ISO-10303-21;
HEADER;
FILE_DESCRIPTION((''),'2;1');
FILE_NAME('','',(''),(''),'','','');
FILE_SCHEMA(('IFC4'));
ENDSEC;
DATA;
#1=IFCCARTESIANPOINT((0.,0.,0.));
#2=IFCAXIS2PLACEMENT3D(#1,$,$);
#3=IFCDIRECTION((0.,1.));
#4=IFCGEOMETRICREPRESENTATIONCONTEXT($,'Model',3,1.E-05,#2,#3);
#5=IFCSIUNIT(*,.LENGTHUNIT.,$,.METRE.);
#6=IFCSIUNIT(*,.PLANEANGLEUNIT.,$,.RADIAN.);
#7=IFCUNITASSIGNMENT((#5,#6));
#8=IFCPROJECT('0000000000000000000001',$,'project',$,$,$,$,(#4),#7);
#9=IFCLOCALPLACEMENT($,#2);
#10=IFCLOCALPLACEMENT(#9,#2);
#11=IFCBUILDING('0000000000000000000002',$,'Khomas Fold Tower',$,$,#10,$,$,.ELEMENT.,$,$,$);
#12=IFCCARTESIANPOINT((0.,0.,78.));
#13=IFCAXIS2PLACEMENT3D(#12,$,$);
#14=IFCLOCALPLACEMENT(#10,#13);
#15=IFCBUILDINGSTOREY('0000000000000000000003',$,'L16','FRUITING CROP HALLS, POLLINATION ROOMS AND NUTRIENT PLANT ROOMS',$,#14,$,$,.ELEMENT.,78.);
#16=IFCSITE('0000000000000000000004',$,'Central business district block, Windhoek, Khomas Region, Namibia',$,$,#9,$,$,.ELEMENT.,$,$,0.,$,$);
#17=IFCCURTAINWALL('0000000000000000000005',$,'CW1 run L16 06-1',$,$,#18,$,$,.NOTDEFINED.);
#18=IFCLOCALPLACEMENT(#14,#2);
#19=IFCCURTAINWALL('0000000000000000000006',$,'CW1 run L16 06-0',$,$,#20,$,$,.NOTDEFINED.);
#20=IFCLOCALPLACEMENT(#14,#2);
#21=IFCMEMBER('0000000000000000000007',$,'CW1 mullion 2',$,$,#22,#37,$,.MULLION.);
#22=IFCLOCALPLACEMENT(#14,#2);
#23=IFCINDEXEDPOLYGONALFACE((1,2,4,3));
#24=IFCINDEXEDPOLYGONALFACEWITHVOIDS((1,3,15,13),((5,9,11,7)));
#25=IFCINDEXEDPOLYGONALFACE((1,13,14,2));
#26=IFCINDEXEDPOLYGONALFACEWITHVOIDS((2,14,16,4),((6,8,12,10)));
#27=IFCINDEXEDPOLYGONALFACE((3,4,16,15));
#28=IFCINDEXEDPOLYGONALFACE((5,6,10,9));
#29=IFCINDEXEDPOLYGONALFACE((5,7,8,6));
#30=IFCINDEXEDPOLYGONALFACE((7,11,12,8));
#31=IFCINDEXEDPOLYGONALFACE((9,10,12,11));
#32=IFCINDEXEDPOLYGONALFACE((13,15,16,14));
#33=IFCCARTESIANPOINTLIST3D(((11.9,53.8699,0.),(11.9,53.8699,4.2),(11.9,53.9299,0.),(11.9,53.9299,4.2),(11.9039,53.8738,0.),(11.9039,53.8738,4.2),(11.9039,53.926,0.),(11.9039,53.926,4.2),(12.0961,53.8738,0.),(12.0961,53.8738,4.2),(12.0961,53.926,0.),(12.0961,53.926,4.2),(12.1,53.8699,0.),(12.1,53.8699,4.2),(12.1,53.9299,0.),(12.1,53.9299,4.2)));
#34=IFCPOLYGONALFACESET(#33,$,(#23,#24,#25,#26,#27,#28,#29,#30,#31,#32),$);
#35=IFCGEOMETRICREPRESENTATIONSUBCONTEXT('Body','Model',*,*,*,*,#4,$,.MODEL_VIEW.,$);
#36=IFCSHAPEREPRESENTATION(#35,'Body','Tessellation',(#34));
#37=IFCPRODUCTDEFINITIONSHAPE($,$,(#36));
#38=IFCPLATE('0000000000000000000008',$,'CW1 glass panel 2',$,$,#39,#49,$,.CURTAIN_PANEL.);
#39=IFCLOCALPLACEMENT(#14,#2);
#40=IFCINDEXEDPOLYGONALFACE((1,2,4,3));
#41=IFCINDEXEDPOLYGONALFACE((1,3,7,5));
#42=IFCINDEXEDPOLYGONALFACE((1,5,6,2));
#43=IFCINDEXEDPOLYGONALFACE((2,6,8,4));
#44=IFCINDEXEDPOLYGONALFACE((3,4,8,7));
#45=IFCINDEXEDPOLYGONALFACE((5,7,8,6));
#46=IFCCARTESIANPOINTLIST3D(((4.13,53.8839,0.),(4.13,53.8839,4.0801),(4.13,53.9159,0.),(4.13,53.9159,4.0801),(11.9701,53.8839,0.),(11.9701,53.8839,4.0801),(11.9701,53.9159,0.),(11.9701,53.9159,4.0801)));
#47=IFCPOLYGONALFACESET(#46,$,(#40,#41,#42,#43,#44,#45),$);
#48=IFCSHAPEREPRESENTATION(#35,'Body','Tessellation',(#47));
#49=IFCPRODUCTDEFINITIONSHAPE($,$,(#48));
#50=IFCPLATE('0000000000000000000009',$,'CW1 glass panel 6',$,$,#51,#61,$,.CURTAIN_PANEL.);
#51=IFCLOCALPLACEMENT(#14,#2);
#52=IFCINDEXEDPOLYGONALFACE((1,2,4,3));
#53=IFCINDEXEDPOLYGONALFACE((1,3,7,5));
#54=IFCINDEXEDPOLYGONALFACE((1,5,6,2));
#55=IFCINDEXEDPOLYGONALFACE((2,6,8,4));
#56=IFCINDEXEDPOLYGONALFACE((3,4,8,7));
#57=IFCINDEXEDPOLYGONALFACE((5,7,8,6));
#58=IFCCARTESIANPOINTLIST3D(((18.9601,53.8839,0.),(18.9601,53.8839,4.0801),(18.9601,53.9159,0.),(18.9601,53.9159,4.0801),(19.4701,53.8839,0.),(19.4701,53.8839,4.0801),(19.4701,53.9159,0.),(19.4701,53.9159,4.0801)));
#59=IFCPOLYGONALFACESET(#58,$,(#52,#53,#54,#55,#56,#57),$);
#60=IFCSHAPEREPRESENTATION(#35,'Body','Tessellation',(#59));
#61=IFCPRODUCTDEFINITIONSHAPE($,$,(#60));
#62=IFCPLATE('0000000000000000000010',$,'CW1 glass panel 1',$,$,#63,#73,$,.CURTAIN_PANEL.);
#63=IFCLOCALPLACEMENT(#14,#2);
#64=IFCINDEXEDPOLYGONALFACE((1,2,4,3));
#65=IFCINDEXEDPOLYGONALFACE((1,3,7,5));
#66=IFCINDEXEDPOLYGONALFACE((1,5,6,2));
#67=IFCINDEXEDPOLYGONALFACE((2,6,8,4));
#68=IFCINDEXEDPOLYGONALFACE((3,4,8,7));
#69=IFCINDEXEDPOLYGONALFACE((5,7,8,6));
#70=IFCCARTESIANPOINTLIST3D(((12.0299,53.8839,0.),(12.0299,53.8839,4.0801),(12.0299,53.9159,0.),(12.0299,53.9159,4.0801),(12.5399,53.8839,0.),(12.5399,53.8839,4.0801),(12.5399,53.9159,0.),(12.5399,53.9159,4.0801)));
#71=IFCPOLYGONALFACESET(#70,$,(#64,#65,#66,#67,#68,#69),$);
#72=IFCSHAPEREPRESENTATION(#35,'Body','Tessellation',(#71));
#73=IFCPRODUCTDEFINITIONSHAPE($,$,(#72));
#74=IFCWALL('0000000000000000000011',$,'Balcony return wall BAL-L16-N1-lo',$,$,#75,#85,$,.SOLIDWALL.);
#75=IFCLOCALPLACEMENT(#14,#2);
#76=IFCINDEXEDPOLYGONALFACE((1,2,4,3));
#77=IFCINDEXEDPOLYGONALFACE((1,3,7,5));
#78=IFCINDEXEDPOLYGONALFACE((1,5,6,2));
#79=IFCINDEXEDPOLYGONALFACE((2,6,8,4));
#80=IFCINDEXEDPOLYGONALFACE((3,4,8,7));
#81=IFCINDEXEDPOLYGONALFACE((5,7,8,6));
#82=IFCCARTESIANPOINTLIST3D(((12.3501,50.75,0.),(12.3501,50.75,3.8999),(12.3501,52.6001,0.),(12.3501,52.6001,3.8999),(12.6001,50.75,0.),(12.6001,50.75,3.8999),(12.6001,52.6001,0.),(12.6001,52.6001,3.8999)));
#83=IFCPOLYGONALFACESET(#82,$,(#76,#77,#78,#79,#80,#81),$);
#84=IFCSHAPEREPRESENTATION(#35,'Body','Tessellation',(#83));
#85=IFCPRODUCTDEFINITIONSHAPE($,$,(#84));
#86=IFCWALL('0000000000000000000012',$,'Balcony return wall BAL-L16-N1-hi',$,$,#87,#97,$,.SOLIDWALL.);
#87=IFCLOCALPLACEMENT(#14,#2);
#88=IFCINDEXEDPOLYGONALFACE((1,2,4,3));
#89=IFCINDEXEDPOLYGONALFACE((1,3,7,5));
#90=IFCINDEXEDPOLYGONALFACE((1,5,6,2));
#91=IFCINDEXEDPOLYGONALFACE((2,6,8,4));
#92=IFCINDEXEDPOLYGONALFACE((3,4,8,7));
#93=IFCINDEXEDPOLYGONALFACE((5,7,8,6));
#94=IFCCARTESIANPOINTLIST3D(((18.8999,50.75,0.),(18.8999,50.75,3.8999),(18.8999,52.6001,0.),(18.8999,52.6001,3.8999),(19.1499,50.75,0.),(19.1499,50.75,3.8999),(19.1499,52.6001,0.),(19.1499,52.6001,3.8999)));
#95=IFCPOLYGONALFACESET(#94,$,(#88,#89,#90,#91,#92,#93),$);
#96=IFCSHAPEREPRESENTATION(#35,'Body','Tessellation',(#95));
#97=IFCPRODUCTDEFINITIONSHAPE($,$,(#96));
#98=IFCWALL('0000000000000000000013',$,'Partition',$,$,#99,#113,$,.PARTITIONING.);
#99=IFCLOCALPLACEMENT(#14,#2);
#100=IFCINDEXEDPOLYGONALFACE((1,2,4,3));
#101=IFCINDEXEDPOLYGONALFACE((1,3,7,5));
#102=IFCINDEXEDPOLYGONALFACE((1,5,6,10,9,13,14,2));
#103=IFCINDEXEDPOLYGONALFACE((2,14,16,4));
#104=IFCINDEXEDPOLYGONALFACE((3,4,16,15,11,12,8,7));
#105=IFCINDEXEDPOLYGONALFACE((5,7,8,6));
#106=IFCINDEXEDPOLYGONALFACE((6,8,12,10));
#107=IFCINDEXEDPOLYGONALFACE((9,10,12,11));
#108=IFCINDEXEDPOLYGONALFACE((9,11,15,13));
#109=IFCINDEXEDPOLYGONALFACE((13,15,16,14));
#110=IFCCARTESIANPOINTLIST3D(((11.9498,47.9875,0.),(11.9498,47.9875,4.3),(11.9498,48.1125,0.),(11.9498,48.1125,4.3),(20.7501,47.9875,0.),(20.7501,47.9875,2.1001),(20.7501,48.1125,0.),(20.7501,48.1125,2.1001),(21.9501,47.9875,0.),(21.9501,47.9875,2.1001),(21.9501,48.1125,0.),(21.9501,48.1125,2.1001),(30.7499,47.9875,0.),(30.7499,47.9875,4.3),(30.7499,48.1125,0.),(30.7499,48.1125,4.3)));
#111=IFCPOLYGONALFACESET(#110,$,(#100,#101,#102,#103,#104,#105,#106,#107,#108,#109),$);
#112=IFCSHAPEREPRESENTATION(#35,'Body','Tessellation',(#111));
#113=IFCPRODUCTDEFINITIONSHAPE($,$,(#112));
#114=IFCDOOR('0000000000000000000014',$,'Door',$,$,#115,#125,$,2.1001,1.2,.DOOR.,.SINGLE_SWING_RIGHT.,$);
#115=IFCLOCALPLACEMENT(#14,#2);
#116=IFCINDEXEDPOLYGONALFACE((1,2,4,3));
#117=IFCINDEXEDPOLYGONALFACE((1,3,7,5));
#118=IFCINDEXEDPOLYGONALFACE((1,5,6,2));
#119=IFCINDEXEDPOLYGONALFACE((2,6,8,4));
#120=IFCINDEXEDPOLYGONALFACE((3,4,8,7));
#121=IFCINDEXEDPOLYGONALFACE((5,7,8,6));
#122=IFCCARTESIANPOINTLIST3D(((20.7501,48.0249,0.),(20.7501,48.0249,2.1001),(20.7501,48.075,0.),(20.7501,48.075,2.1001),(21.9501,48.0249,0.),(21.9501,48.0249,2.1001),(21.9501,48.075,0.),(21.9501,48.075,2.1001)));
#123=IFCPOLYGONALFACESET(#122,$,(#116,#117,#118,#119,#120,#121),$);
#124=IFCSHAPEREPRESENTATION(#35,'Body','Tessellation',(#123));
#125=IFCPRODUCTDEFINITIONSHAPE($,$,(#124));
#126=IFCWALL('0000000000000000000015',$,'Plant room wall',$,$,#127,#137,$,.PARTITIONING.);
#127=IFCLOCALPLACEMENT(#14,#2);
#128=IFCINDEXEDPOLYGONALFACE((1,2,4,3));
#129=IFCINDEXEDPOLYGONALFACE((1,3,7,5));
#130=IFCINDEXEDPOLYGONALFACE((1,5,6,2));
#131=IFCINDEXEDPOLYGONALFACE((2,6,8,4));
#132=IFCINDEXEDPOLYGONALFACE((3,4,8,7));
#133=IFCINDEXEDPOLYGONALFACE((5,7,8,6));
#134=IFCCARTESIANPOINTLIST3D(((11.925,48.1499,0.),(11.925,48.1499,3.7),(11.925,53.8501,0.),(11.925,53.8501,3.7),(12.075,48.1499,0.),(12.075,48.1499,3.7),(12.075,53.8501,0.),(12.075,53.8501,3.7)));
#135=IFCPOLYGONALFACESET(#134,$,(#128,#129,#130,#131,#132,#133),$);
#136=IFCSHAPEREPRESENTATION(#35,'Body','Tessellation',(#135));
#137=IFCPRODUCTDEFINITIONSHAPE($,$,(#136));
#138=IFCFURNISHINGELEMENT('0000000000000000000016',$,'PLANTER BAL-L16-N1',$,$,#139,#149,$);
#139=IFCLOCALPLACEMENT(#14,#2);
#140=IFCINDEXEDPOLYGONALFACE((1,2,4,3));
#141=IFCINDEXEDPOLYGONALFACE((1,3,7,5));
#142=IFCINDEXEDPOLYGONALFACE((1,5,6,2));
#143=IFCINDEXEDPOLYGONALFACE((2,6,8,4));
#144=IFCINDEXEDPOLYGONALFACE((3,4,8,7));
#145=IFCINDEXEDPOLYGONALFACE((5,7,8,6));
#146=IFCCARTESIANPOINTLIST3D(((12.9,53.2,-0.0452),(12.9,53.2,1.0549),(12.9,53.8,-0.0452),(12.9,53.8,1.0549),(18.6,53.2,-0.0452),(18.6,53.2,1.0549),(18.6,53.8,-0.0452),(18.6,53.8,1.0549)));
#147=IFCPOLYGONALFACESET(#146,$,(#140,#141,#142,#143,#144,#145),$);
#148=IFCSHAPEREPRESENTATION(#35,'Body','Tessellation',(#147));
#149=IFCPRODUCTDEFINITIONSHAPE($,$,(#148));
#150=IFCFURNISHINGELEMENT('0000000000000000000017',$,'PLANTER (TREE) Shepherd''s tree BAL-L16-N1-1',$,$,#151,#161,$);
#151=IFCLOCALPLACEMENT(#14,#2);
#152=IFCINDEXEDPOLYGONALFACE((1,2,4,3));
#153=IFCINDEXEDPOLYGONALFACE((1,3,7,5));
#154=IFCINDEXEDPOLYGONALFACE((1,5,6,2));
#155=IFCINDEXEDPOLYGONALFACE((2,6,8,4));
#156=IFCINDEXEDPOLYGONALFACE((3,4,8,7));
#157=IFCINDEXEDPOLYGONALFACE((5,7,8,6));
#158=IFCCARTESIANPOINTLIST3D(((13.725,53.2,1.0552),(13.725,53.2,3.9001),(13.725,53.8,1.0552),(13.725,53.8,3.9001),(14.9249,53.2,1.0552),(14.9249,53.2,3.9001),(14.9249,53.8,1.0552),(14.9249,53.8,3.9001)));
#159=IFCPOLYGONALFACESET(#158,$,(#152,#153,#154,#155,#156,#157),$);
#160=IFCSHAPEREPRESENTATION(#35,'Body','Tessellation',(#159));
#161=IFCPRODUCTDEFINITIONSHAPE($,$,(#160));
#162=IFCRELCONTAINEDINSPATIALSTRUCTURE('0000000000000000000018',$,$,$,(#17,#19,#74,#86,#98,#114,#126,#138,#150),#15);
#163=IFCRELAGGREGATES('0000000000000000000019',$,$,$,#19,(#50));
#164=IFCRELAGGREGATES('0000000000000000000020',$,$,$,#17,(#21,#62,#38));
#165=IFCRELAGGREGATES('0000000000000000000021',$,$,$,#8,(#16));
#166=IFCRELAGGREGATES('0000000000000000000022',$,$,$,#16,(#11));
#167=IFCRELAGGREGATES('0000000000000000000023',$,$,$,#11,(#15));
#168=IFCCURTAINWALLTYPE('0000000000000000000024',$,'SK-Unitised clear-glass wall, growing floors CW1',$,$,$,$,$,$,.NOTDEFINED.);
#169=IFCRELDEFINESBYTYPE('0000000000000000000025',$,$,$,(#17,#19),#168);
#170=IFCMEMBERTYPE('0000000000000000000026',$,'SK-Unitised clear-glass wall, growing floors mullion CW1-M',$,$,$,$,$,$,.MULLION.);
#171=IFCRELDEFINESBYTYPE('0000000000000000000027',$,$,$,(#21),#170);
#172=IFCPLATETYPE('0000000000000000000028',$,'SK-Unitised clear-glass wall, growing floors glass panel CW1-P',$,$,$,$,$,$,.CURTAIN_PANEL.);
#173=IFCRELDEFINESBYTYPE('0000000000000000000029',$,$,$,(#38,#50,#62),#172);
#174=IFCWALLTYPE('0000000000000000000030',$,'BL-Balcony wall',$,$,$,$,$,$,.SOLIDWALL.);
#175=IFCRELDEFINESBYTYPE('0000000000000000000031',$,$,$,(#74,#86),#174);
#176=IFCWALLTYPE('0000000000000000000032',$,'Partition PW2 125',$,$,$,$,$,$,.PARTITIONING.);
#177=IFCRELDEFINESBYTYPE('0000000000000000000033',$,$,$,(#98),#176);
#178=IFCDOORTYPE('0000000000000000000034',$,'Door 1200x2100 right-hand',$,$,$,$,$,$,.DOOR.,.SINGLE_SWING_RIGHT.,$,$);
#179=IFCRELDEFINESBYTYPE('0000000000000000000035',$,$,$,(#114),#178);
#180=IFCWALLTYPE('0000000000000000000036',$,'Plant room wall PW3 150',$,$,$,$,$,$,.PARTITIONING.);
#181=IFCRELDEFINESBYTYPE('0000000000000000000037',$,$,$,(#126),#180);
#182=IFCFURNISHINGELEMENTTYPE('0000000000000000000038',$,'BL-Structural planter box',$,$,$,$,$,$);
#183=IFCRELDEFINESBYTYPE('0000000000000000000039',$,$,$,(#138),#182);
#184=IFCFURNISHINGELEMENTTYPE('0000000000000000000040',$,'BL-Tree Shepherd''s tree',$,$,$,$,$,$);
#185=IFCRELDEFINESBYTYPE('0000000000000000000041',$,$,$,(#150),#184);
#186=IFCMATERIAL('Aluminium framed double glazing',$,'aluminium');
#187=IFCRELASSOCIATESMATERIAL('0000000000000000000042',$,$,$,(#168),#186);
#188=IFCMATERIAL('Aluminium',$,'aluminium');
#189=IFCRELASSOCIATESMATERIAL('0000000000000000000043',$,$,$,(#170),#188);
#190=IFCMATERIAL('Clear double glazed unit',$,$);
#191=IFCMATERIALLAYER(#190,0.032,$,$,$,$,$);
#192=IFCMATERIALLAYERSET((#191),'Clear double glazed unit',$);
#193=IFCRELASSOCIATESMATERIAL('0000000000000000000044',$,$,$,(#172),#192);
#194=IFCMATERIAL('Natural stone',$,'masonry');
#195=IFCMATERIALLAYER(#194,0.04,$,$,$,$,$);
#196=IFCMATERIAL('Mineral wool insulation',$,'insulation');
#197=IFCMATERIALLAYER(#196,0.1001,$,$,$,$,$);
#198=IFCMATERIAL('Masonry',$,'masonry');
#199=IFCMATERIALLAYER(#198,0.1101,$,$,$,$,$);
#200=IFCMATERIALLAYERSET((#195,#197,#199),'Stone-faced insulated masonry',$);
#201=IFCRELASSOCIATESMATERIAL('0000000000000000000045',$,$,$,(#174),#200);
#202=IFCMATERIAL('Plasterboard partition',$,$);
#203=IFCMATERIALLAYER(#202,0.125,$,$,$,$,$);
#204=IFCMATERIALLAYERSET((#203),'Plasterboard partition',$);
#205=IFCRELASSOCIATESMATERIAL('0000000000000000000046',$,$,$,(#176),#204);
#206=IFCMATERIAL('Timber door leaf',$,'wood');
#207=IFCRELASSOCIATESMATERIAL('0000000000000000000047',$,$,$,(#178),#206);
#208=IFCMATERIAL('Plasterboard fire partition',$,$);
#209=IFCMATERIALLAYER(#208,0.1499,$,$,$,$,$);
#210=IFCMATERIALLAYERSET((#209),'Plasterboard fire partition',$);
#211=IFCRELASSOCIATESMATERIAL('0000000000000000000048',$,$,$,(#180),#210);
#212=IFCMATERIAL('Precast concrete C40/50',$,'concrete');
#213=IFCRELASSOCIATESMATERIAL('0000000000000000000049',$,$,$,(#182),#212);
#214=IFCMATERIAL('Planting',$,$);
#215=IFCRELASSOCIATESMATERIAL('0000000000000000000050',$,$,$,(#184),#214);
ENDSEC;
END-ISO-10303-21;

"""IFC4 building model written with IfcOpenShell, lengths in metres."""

from ifc_helpers import new_model, si_unit, direction, frame, frame_2d, origin, origin_2d, place, context, subcontext, project, spatial, rectangle, hollow_rectangle, extrude, source, transform, mapped, material, layer, layer_set, material_profile, profile_set, type_object, element, fill, aggregate, save


model = new_model("IFC4")

# Units and contexts
model_context = context("Model", 3, precision=1e-05, world=origin(), true_north=direction((0.0, 1.0)))
body_context = subcontext(model_context, "Body", "Model", "MODEL_VIEW")
ifc_project = project(units=[si_unit("LENGTHUNIT", "METRE"), si_unit("PLANEANGLEUNIT", "RADIAN")], contexts=[model_context])

# Site, building, storey
site_placement = place(None, origin())
site = spatial("IfcSite", under=ifc_project, at=site_placement, Name="Central business district block, Windhoek, Khomas Region, Namibia", CompositionType="ELEMENT", RefElevation=0.0)
building_placement = place(site_placement, origin())
building = spatial("IfcBuilding", under=site, at=building_placement, Name="Khomas Fold Tower", CompositionType="ELEMENT")
storey_placement = place(building_placement, frame((0.0, 0.0, 78.0)))
storey = spatial("IfcBuildingStorey", under=building, at=storey_placement, Name="L16", Description="FRUITING CROP HALLS, POLLINATION ROOMS AND NUTRIENT PLANT ROOMS", CompositionType="ELEMENT", Elevation=78.0)

# Curtain walls
ifc_material_1 = material(Name="Aluminium framed double glazing", Category="aluminium")
curtain_wall_type = type_object("IfcCurtainWallType", Name="SK-Unitised clear-glass wall, growing floors CW1", PredefinedType="NOTDEFINED", material=ifc_material_1)
curtain_wall_1_placement = place(storey_placement, origin())
curtain_wall_1 = element("IfcCurtainWall", 1, at=curtain_wall_1_placement, inside=storey, type_object=curtain_wall_type, Name="CW1 run L16 06-1", PredefinedType="NOTDEFINED")
curtain_wall_2_placement = place(storey_placement, origin())
curtain_wall_2 = element("IfcCurtainWall", 2, at=curtain_wall_2_placement, inside=storey, type_object=curtain_wall_type, Name="CW1 run L16 06-0", PredefinedType="NOTDEFINED")

# Member
ifc_material_2 = material(Name="Aluminium", Category="aluminium")
ifc_material_profile_1 = material_profile(ifc_material_2, hollow_rectangle(XDim=0.0601, YDim=0.2, WallThickness=0.0039, at=origin_2d()), Name="SK-Unitised clear-glass wall, growing floors mullion CW1-M")
ifc_profile_set_1 = profile_set([ifc_material_profile_1], Name="Aluminium")
member_type_1 = type_object("IfcMemberType", Name="SK-Unitised clear-glass wall, growing floors mullion CW1-M", PredefinedType="MULLION", material=ifc_profile_set_1)
shared_shape_1 = source(origin(), body_context, "Body", "SweptSolid", [
    extrude(hollow_rectangle(XDim=0.0601, YDim=0.2, WallThickness=0.0039, at=origin_2d()), origin(), (0.0, 0.0, 1.0), 4.2),
])
member_1_placement = place(storey_placement, frame((12.0, 53.8999, 0.0), z_axis=(0.0, 0.0, 1.0), x_axis=(0.0, -1.0, 0.0)))
member_1 = element("IfcMember", 3, at=member_1_placement, type_object=member_type_1, Name="CW1 mullion 2", PredefinedType="MULLION", context=body_context, shape_type="MappedRepresentation", body=[
    mapped(shared_shape_1, transform((0.0, 0.0, 0.0))),
])

# Plates
ifc_material_3 = material(Name="Clear double glazed unit")
ifc_layer_1 = layer(ifc_material_3, 0.032)
ifc_layer_set_1 = layer_set([ifc_layer_1], Name="Clear double glazed unit")
plate_type = type_object("IfcPlateType", Name="SK-Unitised clear-glass wall, growing floors glass panel CW1-P", PredefinedType="CURTAIN_PANEL", material=ifc_layer_set_1)
shared_shape_2 = source(origin(), body_context, "Body", "SweptSolid", [
    extrude(rectangle(XDim=7.8401, YDim=0.032, at=origin_2d()), origin(), (0.0, 0.0, 1.0), 4.0801),
])
plate_1_placement = place(storey_placement, frame((8.05, 53.8999, 0.0), z_axis=(0.0, 0.0, 1.0), x_axis=(-1.0, 0.0, 0.0)))
plate_1 = element("IfcPlate", 4, at=plate_1_placement, type_object=plate_type, Name="CW1 glass panel 2", PredefinedType="CURTAIN_PANEL", context=body_context, shape_type="MappedRepresentation", body=[
    mapped(shared_shape_2, transform((0.0, 0.0, 0.0))),
])
shared_shape_3 = source(origin(), body_context, "Body", "SweptSolid", [
    extrude(rectangle(XDim=0.51, YDim=0.032, at=origin_2d()), origin(), (0.0, 0.0, 1.0), 4.0801),
])
plate_2_placement = place(storey_placement, frame((19.2151, 53.8999, 0.0), z_axis=(0.0, 0.0, 1.0), x_axis=(-1.0, 0.0, 0.0)))
plate_2 = element("IfcPlate", 5, at=plate_2_placement, type_object=plate_type, Name="CW1 glass panel 6", PredefinedType="CURTAIN_PANEL", context=body_context, shape_type="MappedRepresentation", body=[
    mapped(shared_shape_3, transform((0.0, 0.0, 0.0))),
])
aggregate(curtain_wall_2, [plate_2])
plate_3_placement = place(storey_placement, frame((12.2849, 53.8999, 0.0), z_axis=(0.0, 0.0, 1.0), x_axis=(-1.0, 0.0, 0.0)))
plate_3 = element("IfcPlate", 6, at=plate_3_placement, type_object=plate_type, Name="CW1 glass panel 1", PredefinedType="CURTAIN_PANEL", context=body_context, shape_type="MappedRepresentation", body=[
    mapped(shared_shape_3, transform((0.0, 0.0, 0.0))),
])
aggregate(curtain_wall_1, [member_1, plate_3, plate_1])

# Walls
ifc_material_4 = material(Name="Natural stone", Category="masonry")
ifc_layer_2 = layer(ifc_material_4, 0.04)
ifc_material_5 = material(Name="Mineral wool insulation", Category="insulation")
ifc_layer_3 = layer(ifc_material_5, 0.1001)
ifc_material_6 = material(Name="Masonry", Category="masonry")
ifc_layer_4 = layer(ifc_material_6, 0.1101)
ifc_layer_set_2 = layer_set([ifc_layer_2, ifc_layer_3, ifc_layer_4], Name="Stone-faced insulated masonry")
wall_type_1 = type_object("IfcWallType", Name="BL-Balcony wall", PredefinedType="SOLIDWALL", material=ifc_layer_set_2)
shared_shape_4 = source(origin(), body_context, "Body", "SweptSolid", [
    extrude(rectangle(XDim=1.8501, YDim=0.25, at=frame_2d((0.925, 0.0))), origin(), (0.0, 0.0, 1.0), 3.8999),
])
for number, where, z_axis, x_axis, name in (
    (7, (12.4751, 52.6001, 0.0), (0.0, 0.0, 1.0), (0.0, -1.0, 0.0), "Balcony return wall BAL-L16-N1-lo"),
    (8, (19.0249, 52.6001, 0.0), (0.0, 0.0, 1.0), (0.0, -1.0, 0.0), "Balcony return wall BAL-L16-N1-hi"),
):
    element("IfcWall", number, at=place(storey_placement, frame(where, z_axis=z_axis, x_axis=x_axis)), inside=storey, type_object=wall_type_1, Name=name, PredefinedType="SOLIDWALL", context=body_context, shape_type="MappedRepresentation", body=[
        mapped(shared_shape_4, transform((0.0, 0.0, 0.0))),
    ])

# Wall, opening, door
ifc_material_7 = material(Name="Plasterboard partition")
ifc_layer_5 = layer(ifc_material_7, 0.125)
ifc_layer_set_3 = layer_set([ifc_layer_5], Name="Plasterboard partition")
wall_type_2 = type_object("IfcWallType", Name="Partition PW2 125", PredefinedType="PARTITIONING", material=ifc_layer_set_3)
shared_shape_5 = source(origin(), body_context, "Body", "SweptSolid", [
    extrude(rectangle(XDim=18.8, YDim=0.125, at=frame_2d((9.3999, 0.0))), origin(), (0.0, 0.0, 1.0), 4.3),
])
wall_1_placement = place(storey_placement, frame((11.95, 48.05, 0.0), z_axis=(0.0, 0.0, 1.0), x_axis=(1.0, 0.0, 0.0)))
wall_1 = element("IfcWall", 9, at=wall_1_placement, inside=storey, type_object=wall_type_2, Name="Partition", PredefinedType="PARTITIONING", context=body_context, shape_type="MappedRepresentation", body=[
    mapped(shared_shape_5, transform((0.0, 0.0, 0.0))),
])
shared_shape_6 = source(origin(), body_context, "Body", "SweptSolid", [
    extrude(rectangle(XDim=1.2, YDim=2.1001, at=frame_2d((0.6001, 1.05))), frame((0.0, 0.0725, 0.0), z_axis=(0.0, -1.0, 0.0), x_axis=(1.0, 0.0, 0.0)), (0.0, 0.0, 1.0), 0.145),
])
opening_1_placement = place(wall_1_placement, frame((8.8, 0.0, 0.0)))
opening_1 = element("IfcOpeningElement", 10, at=opening_1_placement, cuts=wall_1, PredefinedType="OPENING", context=body_context, shape_type="MappedRepresentation", body=[
    mapped(shared_shape_6, transform((0.0, 0.0, 0.0))),
])
ifc_material_8 = material(Name="Timber door leaf", Category="wood")
door_type_1 = type_object("IfcDoorType", Name="Door 1200x2100 right-hand", OperationType="SINGLE_SWING_RIGHT", PredefinedType="DOOR", material=ifc_material_8)
shared_shape_7 = source(origin(), body_context, "Body", "SweptSolid", [
    extrude(rectangle(XDim=1.2, YDim=2.1001, at=frame_2d((0.6001, 1.05))), frame((0.0, 0.0249, 0.0), z_axis=(0.0, -1.0, 0.0), x_axis=(1.0, 0.0, 0.0)), (0.0, 0.0, 1.0), 0.05),
])
door_1_placement = place(opening_1_placement, origin())
door_1 = element("IfcDoor", 11, at=door_1_placement, inside=storey, type_object=door_type_1, Name="Door", OperationType="SINGLE_SWING_RIGHT", OverallHeight=2.1001, OverallWidth=1.2, PredefinedType="DOOR", context=body_context, shape_type="MappedRepresentation", body=[
    mapped(shared_shape_7, transform((0.0, 0.0, 0.0))),
])
fill(opening_1, door_1)

# Wall
ifc_material_9 = material(Name="Plasterboard fire partition")
ifc_layer_6 = layer(ifc_material_9, 0.1499)
ifc_layer_set_4 = layer_set([ifc_layer_6], Name="Plasterboard fire partition")
wall_type_3 = type_object("IfcWallType", Name="Plant room wall PW3 150", PredefinedType="PARTITIONING", material=ifc_layer_set_4)
shared_shape_8 = source(origin(), body_context, "Body", "SweptSolid", [
    extrude(rectangle(XDim=5.7002, YDim=0.1499, at=frame_2d((2.8501, 0.0))), origin(), (0.0, 0.0, 1.0), 3.7),
])
wall_2_placement = place(storey_placement, frame((12.0, 48.1499, 0.0), z_axis=(0.0, 0.0, 1.0), x_axis=(0.0, 1.0, 0.0)))
element("IfcWall", 12, at=wall_2_placement, inside=storey, type_object=wall_type_3, Name="Plant room wall", PredefinedType="PARTITIONING", context=body_context, shape_type="MappedRepresentation", body=[
    mapped(shared_shape_8, transform((0.0, 0.0, 0.0))),
])

# Furnishing elements
ifc_material_10 = material(Name="Precast concrete C40/50", Category="concrete")
furnishing_element_type_1 = type_object("IfcFurnishingElementType", Name="BL-Structural planter box", material=ifc_material_10)
shared_shape_9 = source(origin(), body_context, "Body", "SweptSolid", [
    extrude(rectangle(XDim=5.7, YDim=0.6001, at=origin_2d()), origin(), (0.0, 0.0, 1.0), 1.1001),
])
furnishing_1_placement = place(storey_placement, frame((15.75, 53.5, -0.0452), z_axis=(0.0, 0.0, 1.0), x_axis=(1.0, 0.0, 0.0)))
element("IfcFurnishingElement", 13, at=furnishing_1_placement, inside=storey, type_object=furnishing_element_type_1, Name="PLANTER BAL-L16-N1", context=body_context, shape_type="MappedRepresentation", body=[
    mapped(shared_shape_9, transform((0.0, 0.0, 0.0))),
])
ifc_material_11 = material(Name="Planting")
furnishing_element_type_2 = type_object("IfcFurnishingElementType", Name="BL-Tree Shepherd's tree", material=ifc_material_11)
shared_shape_10 = source(origin(), body_context, "Body", "SweptSolid", [
    extrude(rectangle(XDim=1.2, YDim=0.6001, at=origin_2d()), origin(), (0.0, 0.0, 1.0), 2.845),
])
furnishing_2_placement = place(storey_placement, frame((14.325, 53.5, 1.0552), z_axis=(0.0, 0.0, 1.0), x_axis=(1.0, 0.0, 0.0)))
element("IfcFurnishingElement", 14, at=furnishing_2_placement, inside=storey, type_object=furnishing_element_type_2, Name="PLANTER (TREE) Shepherd's tree BAL-L16-N1-1", context=body_context, shape_type="MappedRepresentation", body=[
    mapped(shared_shape_10, transform((0.0, 0.0, 0.0))),
])

save(model, "model.ifc")
